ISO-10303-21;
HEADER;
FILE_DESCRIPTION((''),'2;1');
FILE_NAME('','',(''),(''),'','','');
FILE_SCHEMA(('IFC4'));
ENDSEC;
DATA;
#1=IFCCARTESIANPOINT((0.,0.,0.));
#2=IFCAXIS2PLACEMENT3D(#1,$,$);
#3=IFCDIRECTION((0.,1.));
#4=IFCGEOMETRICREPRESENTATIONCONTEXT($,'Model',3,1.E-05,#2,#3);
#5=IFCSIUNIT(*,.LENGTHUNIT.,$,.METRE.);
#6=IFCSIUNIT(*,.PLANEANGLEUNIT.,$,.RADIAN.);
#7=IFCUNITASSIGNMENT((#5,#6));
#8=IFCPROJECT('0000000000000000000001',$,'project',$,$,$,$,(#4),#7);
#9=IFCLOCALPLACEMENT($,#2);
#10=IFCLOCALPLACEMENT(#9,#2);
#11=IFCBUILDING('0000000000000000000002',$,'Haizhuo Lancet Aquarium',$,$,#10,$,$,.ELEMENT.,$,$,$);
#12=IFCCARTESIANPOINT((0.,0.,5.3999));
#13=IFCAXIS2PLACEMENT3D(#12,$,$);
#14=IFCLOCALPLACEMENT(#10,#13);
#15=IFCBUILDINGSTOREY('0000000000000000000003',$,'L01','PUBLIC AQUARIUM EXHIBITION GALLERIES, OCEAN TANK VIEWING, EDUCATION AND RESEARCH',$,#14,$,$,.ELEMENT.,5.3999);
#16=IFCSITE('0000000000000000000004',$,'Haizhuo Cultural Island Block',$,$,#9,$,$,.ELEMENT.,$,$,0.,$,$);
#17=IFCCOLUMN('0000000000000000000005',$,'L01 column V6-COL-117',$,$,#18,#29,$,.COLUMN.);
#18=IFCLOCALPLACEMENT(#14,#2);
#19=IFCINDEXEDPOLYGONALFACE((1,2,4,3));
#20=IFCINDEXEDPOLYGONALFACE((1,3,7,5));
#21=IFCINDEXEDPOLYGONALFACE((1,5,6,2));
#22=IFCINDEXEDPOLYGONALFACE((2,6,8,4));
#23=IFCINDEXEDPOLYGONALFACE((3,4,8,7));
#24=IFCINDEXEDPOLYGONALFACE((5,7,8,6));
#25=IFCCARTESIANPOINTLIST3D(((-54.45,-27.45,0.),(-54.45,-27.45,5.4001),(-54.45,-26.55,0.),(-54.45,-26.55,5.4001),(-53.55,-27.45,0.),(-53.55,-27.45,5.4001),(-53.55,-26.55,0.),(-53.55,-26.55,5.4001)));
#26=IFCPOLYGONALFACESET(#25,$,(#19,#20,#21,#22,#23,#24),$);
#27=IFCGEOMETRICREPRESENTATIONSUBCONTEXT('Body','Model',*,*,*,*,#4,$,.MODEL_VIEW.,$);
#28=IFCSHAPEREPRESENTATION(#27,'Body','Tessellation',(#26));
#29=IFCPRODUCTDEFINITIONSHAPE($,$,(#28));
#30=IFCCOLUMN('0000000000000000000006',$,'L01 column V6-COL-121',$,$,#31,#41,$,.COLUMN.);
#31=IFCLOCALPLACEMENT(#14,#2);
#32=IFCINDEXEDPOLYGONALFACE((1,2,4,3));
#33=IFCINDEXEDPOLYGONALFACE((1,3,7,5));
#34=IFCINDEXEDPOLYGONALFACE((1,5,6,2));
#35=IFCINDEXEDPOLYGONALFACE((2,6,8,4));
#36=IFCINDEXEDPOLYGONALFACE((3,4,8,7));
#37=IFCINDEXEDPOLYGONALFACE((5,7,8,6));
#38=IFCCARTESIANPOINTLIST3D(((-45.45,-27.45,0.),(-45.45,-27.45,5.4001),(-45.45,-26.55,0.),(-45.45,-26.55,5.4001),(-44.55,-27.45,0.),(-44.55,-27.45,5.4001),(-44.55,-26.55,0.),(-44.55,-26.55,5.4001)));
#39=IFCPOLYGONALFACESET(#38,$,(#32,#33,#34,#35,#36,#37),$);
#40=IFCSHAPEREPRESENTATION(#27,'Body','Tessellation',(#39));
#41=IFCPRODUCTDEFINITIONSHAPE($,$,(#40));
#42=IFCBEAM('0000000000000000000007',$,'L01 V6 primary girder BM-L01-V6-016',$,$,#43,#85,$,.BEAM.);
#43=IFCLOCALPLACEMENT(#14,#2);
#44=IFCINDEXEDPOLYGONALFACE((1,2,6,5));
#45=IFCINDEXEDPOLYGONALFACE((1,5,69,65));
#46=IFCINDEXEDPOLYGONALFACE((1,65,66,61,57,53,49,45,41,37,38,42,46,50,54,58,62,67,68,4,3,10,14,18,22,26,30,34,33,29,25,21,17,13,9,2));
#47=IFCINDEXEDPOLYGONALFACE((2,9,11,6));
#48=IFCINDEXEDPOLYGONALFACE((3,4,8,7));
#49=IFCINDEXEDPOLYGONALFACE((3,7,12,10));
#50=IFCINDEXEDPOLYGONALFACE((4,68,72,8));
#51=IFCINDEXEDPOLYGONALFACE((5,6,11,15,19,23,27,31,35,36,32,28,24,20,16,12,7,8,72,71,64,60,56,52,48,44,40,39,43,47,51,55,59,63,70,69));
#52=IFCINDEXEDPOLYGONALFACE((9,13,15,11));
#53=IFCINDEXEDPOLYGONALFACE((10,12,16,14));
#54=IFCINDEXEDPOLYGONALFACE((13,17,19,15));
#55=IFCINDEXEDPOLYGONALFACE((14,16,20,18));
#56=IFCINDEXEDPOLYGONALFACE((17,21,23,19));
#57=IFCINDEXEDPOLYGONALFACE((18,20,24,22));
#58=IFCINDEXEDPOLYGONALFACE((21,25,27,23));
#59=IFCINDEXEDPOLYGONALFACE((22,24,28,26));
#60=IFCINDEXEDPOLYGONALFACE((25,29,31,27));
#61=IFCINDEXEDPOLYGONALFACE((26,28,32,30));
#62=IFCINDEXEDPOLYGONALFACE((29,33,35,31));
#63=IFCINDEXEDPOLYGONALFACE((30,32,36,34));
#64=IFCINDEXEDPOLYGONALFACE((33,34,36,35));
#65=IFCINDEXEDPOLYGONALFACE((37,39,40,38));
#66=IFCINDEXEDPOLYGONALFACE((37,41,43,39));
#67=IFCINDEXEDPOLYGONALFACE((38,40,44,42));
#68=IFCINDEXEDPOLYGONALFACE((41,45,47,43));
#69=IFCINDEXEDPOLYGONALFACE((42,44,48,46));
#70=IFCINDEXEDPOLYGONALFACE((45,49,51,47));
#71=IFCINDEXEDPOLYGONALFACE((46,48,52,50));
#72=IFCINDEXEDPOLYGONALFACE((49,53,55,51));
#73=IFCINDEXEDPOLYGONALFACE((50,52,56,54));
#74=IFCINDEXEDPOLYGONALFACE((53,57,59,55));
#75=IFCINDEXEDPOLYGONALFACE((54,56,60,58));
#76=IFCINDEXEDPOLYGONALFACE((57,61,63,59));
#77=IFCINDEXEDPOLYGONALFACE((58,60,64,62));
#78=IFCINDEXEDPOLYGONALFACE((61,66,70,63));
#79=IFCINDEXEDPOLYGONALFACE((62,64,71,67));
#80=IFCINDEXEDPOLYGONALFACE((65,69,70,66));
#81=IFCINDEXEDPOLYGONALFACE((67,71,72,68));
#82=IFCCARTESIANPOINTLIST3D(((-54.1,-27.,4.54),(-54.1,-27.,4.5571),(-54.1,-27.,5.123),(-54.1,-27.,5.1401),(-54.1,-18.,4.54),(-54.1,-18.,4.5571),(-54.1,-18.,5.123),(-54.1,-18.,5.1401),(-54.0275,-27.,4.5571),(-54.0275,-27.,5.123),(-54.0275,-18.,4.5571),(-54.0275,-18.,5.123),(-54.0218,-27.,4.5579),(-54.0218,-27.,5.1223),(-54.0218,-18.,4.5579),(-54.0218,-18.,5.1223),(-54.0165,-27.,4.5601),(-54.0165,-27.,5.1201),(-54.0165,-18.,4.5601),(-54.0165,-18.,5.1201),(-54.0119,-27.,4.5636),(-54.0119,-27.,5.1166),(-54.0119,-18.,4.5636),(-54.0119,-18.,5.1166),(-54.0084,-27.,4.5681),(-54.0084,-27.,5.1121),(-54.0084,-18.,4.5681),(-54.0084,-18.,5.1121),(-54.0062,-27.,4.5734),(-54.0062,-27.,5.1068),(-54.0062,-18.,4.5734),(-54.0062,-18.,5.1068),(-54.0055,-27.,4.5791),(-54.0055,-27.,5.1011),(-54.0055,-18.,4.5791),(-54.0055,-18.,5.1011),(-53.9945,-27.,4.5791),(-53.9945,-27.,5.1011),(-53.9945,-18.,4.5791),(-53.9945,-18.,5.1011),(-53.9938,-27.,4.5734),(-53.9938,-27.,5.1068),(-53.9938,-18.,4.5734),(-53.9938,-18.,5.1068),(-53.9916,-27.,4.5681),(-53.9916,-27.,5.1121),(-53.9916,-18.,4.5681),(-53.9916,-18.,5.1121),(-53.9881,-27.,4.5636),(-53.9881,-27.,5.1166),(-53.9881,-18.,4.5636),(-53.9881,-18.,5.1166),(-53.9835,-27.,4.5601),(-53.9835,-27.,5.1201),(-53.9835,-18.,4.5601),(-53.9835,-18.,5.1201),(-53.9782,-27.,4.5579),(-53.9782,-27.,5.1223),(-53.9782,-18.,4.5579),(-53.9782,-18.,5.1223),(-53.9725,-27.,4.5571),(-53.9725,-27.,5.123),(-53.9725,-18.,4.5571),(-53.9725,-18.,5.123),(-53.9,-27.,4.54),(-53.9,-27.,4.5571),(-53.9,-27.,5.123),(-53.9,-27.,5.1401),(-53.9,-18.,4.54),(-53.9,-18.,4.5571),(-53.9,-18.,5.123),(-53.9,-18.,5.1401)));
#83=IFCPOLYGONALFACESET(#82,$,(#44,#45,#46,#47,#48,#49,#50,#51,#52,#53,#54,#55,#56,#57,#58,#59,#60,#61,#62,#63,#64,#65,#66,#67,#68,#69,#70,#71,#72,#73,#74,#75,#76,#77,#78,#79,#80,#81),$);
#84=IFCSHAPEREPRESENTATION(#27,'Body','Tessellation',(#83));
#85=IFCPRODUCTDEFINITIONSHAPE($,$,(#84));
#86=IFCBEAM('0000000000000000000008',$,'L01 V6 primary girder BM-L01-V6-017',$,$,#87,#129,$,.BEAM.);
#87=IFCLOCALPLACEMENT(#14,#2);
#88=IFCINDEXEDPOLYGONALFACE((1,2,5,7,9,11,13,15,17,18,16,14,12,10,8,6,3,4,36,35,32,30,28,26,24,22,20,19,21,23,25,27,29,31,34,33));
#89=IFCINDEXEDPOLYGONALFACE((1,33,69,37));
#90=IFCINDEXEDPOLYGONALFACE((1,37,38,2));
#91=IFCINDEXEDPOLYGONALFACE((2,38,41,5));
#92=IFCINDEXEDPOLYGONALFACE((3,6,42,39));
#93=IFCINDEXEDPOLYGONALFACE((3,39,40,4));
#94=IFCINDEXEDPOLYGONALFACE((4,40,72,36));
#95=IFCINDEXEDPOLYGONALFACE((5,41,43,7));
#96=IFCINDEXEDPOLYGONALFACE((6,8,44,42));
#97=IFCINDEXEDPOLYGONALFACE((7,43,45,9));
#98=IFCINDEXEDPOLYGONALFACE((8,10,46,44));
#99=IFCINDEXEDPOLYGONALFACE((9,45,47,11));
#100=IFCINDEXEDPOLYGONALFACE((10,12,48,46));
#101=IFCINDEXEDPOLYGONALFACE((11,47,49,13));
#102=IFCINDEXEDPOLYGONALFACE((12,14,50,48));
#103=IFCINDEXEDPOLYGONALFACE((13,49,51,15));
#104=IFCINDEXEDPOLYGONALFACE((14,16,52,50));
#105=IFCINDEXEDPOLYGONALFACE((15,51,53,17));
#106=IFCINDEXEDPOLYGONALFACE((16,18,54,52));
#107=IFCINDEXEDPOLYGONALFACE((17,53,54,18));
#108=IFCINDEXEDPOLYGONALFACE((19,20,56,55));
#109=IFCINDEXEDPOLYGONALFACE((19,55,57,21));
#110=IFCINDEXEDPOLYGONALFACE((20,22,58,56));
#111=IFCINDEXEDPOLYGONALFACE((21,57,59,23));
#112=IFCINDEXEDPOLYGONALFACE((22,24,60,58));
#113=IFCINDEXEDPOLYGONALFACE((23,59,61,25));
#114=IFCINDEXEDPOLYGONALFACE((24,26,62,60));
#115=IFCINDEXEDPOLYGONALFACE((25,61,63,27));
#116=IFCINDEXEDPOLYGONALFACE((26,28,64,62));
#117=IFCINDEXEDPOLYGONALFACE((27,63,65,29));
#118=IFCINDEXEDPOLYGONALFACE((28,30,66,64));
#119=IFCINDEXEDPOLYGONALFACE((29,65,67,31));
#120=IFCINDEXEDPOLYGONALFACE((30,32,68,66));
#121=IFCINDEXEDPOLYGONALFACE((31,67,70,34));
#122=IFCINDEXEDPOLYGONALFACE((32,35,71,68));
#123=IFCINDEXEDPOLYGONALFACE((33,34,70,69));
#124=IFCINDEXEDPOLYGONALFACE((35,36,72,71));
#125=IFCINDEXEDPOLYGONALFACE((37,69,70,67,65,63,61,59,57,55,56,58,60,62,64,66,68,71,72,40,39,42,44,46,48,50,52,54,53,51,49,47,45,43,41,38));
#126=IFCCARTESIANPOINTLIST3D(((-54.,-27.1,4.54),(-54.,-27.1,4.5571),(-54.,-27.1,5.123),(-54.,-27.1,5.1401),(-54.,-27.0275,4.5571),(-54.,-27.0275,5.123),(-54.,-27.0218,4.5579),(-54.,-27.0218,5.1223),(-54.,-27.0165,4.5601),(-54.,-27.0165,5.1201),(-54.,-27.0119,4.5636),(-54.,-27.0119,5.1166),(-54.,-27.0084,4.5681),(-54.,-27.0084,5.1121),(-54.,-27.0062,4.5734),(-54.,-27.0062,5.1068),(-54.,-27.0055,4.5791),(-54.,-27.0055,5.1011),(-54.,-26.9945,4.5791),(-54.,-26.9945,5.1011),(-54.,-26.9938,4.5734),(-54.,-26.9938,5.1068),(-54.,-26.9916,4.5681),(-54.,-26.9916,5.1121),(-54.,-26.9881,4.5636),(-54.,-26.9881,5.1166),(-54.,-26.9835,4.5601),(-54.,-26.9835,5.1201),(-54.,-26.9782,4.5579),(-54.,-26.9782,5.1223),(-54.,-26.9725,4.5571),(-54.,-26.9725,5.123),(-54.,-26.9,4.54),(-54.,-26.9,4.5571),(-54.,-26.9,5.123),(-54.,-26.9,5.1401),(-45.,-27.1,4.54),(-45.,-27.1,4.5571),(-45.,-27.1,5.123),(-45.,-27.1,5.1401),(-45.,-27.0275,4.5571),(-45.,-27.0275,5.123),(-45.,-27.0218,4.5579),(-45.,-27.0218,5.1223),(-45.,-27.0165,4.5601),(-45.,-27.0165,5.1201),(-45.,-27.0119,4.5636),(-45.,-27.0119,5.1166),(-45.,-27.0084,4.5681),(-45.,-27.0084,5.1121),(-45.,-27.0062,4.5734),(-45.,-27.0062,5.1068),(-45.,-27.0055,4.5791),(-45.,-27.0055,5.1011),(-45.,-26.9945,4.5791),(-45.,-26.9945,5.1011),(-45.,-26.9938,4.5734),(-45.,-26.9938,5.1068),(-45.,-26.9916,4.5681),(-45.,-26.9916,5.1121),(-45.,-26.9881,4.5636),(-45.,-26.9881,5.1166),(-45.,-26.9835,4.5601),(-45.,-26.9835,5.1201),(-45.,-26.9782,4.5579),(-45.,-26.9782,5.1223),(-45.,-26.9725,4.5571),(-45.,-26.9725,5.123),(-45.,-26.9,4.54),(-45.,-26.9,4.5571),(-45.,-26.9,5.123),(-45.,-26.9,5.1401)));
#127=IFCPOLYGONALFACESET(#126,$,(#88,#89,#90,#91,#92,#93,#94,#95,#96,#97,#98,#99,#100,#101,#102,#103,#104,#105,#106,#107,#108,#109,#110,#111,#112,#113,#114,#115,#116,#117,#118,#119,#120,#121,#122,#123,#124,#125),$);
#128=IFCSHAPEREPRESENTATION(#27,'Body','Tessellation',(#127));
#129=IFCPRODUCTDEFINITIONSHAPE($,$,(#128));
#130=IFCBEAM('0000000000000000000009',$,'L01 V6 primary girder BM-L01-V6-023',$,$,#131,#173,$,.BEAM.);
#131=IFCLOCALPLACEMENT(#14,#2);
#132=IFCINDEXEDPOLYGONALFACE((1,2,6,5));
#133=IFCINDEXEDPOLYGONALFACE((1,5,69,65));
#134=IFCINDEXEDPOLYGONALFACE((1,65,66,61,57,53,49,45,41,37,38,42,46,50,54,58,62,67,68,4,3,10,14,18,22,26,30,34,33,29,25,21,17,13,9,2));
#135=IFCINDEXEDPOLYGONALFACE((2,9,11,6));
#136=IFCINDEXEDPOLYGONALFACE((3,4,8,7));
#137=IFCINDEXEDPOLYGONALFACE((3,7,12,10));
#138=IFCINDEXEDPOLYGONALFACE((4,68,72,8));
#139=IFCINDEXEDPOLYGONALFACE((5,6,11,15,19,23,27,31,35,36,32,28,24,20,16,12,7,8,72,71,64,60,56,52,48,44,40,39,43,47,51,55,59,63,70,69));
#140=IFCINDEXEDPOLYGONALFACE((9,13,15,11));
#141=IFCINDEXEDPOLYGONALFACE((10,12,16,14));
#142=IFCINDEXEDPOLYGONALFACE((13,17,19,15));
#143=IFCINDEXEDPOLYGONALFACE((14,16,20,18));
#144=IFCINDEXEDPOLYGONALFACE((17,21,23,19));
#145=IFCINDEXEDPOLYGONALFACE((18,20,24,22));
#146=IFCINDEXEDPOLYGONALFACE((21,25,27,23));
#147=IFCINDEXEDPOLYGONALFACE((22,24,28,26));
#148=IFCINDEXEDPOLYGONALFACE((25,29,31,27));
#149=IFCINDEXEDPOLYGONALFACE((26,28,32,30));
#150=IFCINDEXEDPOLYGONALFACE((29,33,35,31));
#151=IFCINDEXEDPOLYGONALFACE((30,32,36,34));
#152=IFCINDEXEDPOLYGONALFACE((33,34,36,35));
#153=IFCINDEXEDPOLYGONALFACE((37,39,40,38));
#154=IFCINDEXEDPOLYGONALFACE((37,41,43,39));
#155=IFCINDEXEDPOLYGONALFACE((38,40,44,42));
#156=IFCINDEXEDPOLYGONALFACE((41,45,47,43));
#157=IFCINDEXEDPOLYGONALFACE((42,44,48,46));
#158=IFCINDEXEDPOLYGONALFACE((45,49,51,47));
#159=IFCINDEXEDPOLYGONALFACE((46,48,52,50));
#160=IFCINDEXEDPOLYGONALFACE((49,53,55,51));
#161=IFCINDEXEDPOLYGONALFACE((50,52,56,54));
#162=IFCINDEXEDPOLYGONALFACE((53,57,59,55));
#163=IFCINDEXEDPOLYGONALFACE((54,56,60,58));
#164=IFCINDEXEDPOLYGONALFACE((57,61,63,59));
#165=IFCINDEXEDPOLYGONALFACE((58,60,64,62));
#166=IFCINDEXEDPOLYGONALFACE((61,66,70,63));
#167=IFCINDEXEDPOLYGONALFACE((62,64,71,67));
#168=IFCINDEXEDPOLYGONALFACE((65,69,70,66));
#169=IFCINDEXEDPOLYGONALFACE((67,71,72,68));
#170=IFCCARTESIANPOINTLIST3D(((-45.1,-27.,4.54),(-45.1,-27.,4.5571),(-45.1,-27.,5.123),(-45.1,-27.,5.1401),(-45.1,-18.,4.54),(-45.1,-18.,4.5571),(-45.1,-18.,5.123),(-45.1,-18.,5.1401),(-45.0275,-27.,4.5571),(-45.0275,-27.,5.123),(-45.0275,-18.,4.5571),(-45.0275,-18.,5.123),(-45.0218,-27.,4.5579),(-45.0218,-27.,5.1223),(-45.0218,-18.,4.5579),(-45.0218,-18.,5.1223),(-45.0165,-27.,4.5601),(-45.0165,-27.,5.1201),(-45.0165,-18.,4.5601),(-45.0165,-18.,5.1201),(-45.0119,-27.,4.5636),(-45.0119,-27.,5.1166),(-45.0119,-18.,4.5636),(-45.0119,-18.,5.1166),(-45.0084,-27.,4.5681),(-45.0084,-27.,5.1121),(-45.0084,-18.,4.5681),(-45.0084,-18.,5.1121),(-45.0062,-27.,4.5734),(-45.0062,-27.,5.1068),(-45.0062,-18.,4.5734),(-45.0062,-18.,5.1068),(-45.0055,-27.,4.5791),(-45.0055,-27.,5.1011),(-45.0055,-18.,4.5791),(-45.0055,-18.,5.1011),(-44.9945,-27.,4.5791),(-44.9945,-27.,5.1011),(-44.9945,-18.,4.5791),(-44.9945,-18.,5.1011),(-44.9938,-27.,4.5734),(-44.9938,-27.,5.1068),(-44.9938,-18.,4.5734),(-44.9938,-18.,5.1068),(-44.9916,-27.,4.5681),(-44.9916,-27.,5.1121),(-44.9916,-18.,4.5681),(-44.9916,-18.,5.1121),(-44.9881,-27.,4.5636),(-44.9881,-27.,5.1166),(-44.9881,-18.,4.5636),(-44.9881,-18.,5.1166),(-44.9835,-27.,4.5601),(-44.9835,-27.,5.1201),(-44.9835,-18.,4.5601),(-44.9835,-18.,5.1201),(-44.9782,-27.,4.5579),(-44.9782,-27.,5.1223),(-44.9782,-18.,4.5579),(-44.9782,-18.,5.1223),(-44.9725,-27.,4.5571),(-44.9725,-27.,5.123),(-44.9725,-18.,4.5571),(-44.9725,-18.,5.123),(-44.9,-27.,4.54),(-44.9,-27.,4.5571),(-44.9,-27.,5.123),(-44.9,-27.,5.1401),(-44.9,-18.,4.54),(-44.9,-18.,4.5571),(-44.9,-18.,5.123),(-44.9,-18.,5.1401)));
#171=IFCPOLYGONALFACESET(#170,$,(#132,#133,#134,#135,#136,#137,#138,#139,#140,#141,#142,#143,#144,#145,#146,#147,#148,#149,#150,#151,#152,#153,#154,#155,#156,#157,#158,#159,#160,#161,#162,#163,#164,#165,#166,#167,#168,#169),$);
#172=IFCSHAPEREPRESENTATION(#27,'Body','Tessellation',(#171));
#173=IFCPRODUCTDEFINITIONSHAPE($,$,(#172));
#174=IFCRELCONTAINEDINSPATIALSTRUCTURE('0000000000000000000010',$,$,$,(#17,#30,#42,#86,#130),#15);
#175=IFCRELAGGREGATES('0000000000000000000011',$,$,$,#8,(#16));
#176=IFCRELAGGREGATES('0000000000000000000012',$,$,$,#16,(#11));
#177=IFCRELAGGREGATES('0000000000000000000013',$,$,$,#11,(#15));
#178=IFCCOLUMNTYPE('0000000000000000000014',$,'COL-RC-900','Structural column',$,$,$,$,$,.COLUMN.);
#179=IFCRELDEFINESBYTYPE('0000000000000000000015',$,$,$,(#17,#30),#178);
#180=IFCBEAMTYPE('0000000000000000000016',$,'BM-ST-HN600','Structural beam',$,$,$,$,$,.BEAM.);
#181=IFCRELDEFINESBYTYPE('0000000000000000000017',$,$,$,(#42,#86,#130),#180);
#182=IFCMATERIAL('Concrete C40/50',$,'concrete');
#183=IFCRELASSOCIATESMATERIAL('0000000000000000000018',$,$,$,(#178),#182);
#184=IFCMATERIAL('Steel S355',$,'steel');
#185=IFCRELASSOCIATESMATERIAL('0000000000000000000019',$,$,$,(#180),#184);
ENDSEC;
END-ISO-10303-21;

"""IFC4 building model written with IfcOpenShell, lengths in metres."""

from ifc_helpers import new_model, si_unit, direction, frame, origin, origin_2d, place, context, subcontext, project, spatial, rectangle, i_section, extrude, material, material_profile, profile_set, type_object, element, save


model = new_model("IFC4")

# Units and contexts
model_context = context("Model", 3, precision=1e-05, world=origin(), true_north=direction((0.0, 1.0)))
body_context = subcontext(model_context, "Body", "Model", "MODEL_VIEW")
ifc_project = project(units=[si_unit("LENGTHUNIT", "METRE"), si_unit("PLANEANGLEUNIT", "RADIAN")], contexts=[model_context])

# Site, building, storey
site_placement = place(None, origin())
site = spatial("IfcSite", under=ifc_project, at=site_placement, Name="Haizhuo Cultural Island Block", CompositionType="ELEMENT", RefElevation=0.0)
building_placement = place(site_placement, origin())
building = spatial("IfcBuilding", under=site, at=building_placement, Name="Haizhuo Lancet Aquarium", CompositionType="ELEMENT")
storey_placement = place(building_placement, frame((0.0, 0.0, 5.3999)))
storey = spatial("IfcBuildingStorey", under=building, at=storey_placement, Name="L01", Description="PUBLIC AQUARIUM EXHIBITION GALLERIES, OCEAN TANK VIEWING, EDUCATION AND RESEARCH", CompositionType="ELEMENT", Elevation=5.3999)

# Columns
ifc_material_1 = material(Name="Concrete C40/50", Category="concrete")
ifc_material_profile_1 = material_profile(ifc_material_1, rectangle(XDim=0.8999, YDim=0.8999, at=origin_2d()), Name="RC-COL 900x900")
ifc_profile_set_1 = profile_set([ifc_material_profile_1], Name="Concrete C40/50")
column_type = type_object("IfcColumnType", Name="COL-RC-900", Description="Structural column", PredefinedType="COLUMN", material=ifc_profile_set_1)
for number, where, z_axis, x_axis, name in (
    (1, (-54.0, -27.0, 0.0), (0.0, 0.0, 1.0), (1.0, 0.0, 0.0), "L01 column V6-COL-117"),
    (2, (-45.0, -27.0, 0.0), (0.0, 0.0, 1.0), (1.0, 0.0, 0.0), "L01 column V6-COL-121"),
):
    element("IfcColumn", number, at=place(storey_placement, frame(where, z_axis=z_axis, x_axis=x_axis)), inside=storey, type_object=column_type, Name=name, PredefinedType="COLUMN", context=body_context, shape_type="SweptSolid", body=[
        extrude(rectangle(XDim=0.8999, YDim=0.8999, at=origin_2d()), origin(), (0.0, 0.0, 1.0), 5.4001),
    ])

# Beams
ifc_material_2 = material(Name="Steel S355", Category="steel")
ifc_material_profile_2 = material_profile(ifc_material_2, i_section(OverallWidth=0.2, OverallDepth=0.6001, WebThickness=0.011, FlangeThickness=0.0171, FilletRadius=0.022, at=origin_2d()), Name="HN 600x200x11x17")
ifc_profile_set_2 = profile_set([ifc_material_profile_2], Name="Steel S355")
beam_type_1 = type_object("IfcBeamType", Name="BM-ST-HN600", Description="Structural beam", PredefinedType="BEAM", material=ifc_profile_set_2)
for number, where, z_axis, x_axis, name in (
    (3, (-54.0, -27.0, 4.8401), (0.0, 1.0, 0.0), (-1.0, 0.0, 0.0), "L01 V6 primary girder BM-L01-V6-016"),
    (4, (-54.0, -27.0, 4.8401), (1.0, 0.0, 0.0), (0.0, 1.0, 0.0), "L01 V6 primary girder BM-L01-V6-017"),
    (5, (-45.0, -27.0, 4.8401), (0.0, 1.0, 0.0), (-1.0, 0.0, 0.0), "L01 V6 primary girder BM-L01-V6-023"),
):
    element("IfcBeam", number, at=place(storey_placement, frame(where, z_axis=z_axis, x_axis=x_axis)), inside=storey, type_object=beam_type_1, Name=name, PredefinedType="BEAM", context=body_context, shape_type="SweptSolid", body=[
        extrude(i_section(OverallWidth=0.2, OverallDepth=0.6001, WebThickness=0.011, FlangeThickness=0.0171, FilletRadius=0.022, at=origin_2d()), origin(), (0.0, 0.0, 1.0), 9.0),
    ])

save(model, "model.ifc")
